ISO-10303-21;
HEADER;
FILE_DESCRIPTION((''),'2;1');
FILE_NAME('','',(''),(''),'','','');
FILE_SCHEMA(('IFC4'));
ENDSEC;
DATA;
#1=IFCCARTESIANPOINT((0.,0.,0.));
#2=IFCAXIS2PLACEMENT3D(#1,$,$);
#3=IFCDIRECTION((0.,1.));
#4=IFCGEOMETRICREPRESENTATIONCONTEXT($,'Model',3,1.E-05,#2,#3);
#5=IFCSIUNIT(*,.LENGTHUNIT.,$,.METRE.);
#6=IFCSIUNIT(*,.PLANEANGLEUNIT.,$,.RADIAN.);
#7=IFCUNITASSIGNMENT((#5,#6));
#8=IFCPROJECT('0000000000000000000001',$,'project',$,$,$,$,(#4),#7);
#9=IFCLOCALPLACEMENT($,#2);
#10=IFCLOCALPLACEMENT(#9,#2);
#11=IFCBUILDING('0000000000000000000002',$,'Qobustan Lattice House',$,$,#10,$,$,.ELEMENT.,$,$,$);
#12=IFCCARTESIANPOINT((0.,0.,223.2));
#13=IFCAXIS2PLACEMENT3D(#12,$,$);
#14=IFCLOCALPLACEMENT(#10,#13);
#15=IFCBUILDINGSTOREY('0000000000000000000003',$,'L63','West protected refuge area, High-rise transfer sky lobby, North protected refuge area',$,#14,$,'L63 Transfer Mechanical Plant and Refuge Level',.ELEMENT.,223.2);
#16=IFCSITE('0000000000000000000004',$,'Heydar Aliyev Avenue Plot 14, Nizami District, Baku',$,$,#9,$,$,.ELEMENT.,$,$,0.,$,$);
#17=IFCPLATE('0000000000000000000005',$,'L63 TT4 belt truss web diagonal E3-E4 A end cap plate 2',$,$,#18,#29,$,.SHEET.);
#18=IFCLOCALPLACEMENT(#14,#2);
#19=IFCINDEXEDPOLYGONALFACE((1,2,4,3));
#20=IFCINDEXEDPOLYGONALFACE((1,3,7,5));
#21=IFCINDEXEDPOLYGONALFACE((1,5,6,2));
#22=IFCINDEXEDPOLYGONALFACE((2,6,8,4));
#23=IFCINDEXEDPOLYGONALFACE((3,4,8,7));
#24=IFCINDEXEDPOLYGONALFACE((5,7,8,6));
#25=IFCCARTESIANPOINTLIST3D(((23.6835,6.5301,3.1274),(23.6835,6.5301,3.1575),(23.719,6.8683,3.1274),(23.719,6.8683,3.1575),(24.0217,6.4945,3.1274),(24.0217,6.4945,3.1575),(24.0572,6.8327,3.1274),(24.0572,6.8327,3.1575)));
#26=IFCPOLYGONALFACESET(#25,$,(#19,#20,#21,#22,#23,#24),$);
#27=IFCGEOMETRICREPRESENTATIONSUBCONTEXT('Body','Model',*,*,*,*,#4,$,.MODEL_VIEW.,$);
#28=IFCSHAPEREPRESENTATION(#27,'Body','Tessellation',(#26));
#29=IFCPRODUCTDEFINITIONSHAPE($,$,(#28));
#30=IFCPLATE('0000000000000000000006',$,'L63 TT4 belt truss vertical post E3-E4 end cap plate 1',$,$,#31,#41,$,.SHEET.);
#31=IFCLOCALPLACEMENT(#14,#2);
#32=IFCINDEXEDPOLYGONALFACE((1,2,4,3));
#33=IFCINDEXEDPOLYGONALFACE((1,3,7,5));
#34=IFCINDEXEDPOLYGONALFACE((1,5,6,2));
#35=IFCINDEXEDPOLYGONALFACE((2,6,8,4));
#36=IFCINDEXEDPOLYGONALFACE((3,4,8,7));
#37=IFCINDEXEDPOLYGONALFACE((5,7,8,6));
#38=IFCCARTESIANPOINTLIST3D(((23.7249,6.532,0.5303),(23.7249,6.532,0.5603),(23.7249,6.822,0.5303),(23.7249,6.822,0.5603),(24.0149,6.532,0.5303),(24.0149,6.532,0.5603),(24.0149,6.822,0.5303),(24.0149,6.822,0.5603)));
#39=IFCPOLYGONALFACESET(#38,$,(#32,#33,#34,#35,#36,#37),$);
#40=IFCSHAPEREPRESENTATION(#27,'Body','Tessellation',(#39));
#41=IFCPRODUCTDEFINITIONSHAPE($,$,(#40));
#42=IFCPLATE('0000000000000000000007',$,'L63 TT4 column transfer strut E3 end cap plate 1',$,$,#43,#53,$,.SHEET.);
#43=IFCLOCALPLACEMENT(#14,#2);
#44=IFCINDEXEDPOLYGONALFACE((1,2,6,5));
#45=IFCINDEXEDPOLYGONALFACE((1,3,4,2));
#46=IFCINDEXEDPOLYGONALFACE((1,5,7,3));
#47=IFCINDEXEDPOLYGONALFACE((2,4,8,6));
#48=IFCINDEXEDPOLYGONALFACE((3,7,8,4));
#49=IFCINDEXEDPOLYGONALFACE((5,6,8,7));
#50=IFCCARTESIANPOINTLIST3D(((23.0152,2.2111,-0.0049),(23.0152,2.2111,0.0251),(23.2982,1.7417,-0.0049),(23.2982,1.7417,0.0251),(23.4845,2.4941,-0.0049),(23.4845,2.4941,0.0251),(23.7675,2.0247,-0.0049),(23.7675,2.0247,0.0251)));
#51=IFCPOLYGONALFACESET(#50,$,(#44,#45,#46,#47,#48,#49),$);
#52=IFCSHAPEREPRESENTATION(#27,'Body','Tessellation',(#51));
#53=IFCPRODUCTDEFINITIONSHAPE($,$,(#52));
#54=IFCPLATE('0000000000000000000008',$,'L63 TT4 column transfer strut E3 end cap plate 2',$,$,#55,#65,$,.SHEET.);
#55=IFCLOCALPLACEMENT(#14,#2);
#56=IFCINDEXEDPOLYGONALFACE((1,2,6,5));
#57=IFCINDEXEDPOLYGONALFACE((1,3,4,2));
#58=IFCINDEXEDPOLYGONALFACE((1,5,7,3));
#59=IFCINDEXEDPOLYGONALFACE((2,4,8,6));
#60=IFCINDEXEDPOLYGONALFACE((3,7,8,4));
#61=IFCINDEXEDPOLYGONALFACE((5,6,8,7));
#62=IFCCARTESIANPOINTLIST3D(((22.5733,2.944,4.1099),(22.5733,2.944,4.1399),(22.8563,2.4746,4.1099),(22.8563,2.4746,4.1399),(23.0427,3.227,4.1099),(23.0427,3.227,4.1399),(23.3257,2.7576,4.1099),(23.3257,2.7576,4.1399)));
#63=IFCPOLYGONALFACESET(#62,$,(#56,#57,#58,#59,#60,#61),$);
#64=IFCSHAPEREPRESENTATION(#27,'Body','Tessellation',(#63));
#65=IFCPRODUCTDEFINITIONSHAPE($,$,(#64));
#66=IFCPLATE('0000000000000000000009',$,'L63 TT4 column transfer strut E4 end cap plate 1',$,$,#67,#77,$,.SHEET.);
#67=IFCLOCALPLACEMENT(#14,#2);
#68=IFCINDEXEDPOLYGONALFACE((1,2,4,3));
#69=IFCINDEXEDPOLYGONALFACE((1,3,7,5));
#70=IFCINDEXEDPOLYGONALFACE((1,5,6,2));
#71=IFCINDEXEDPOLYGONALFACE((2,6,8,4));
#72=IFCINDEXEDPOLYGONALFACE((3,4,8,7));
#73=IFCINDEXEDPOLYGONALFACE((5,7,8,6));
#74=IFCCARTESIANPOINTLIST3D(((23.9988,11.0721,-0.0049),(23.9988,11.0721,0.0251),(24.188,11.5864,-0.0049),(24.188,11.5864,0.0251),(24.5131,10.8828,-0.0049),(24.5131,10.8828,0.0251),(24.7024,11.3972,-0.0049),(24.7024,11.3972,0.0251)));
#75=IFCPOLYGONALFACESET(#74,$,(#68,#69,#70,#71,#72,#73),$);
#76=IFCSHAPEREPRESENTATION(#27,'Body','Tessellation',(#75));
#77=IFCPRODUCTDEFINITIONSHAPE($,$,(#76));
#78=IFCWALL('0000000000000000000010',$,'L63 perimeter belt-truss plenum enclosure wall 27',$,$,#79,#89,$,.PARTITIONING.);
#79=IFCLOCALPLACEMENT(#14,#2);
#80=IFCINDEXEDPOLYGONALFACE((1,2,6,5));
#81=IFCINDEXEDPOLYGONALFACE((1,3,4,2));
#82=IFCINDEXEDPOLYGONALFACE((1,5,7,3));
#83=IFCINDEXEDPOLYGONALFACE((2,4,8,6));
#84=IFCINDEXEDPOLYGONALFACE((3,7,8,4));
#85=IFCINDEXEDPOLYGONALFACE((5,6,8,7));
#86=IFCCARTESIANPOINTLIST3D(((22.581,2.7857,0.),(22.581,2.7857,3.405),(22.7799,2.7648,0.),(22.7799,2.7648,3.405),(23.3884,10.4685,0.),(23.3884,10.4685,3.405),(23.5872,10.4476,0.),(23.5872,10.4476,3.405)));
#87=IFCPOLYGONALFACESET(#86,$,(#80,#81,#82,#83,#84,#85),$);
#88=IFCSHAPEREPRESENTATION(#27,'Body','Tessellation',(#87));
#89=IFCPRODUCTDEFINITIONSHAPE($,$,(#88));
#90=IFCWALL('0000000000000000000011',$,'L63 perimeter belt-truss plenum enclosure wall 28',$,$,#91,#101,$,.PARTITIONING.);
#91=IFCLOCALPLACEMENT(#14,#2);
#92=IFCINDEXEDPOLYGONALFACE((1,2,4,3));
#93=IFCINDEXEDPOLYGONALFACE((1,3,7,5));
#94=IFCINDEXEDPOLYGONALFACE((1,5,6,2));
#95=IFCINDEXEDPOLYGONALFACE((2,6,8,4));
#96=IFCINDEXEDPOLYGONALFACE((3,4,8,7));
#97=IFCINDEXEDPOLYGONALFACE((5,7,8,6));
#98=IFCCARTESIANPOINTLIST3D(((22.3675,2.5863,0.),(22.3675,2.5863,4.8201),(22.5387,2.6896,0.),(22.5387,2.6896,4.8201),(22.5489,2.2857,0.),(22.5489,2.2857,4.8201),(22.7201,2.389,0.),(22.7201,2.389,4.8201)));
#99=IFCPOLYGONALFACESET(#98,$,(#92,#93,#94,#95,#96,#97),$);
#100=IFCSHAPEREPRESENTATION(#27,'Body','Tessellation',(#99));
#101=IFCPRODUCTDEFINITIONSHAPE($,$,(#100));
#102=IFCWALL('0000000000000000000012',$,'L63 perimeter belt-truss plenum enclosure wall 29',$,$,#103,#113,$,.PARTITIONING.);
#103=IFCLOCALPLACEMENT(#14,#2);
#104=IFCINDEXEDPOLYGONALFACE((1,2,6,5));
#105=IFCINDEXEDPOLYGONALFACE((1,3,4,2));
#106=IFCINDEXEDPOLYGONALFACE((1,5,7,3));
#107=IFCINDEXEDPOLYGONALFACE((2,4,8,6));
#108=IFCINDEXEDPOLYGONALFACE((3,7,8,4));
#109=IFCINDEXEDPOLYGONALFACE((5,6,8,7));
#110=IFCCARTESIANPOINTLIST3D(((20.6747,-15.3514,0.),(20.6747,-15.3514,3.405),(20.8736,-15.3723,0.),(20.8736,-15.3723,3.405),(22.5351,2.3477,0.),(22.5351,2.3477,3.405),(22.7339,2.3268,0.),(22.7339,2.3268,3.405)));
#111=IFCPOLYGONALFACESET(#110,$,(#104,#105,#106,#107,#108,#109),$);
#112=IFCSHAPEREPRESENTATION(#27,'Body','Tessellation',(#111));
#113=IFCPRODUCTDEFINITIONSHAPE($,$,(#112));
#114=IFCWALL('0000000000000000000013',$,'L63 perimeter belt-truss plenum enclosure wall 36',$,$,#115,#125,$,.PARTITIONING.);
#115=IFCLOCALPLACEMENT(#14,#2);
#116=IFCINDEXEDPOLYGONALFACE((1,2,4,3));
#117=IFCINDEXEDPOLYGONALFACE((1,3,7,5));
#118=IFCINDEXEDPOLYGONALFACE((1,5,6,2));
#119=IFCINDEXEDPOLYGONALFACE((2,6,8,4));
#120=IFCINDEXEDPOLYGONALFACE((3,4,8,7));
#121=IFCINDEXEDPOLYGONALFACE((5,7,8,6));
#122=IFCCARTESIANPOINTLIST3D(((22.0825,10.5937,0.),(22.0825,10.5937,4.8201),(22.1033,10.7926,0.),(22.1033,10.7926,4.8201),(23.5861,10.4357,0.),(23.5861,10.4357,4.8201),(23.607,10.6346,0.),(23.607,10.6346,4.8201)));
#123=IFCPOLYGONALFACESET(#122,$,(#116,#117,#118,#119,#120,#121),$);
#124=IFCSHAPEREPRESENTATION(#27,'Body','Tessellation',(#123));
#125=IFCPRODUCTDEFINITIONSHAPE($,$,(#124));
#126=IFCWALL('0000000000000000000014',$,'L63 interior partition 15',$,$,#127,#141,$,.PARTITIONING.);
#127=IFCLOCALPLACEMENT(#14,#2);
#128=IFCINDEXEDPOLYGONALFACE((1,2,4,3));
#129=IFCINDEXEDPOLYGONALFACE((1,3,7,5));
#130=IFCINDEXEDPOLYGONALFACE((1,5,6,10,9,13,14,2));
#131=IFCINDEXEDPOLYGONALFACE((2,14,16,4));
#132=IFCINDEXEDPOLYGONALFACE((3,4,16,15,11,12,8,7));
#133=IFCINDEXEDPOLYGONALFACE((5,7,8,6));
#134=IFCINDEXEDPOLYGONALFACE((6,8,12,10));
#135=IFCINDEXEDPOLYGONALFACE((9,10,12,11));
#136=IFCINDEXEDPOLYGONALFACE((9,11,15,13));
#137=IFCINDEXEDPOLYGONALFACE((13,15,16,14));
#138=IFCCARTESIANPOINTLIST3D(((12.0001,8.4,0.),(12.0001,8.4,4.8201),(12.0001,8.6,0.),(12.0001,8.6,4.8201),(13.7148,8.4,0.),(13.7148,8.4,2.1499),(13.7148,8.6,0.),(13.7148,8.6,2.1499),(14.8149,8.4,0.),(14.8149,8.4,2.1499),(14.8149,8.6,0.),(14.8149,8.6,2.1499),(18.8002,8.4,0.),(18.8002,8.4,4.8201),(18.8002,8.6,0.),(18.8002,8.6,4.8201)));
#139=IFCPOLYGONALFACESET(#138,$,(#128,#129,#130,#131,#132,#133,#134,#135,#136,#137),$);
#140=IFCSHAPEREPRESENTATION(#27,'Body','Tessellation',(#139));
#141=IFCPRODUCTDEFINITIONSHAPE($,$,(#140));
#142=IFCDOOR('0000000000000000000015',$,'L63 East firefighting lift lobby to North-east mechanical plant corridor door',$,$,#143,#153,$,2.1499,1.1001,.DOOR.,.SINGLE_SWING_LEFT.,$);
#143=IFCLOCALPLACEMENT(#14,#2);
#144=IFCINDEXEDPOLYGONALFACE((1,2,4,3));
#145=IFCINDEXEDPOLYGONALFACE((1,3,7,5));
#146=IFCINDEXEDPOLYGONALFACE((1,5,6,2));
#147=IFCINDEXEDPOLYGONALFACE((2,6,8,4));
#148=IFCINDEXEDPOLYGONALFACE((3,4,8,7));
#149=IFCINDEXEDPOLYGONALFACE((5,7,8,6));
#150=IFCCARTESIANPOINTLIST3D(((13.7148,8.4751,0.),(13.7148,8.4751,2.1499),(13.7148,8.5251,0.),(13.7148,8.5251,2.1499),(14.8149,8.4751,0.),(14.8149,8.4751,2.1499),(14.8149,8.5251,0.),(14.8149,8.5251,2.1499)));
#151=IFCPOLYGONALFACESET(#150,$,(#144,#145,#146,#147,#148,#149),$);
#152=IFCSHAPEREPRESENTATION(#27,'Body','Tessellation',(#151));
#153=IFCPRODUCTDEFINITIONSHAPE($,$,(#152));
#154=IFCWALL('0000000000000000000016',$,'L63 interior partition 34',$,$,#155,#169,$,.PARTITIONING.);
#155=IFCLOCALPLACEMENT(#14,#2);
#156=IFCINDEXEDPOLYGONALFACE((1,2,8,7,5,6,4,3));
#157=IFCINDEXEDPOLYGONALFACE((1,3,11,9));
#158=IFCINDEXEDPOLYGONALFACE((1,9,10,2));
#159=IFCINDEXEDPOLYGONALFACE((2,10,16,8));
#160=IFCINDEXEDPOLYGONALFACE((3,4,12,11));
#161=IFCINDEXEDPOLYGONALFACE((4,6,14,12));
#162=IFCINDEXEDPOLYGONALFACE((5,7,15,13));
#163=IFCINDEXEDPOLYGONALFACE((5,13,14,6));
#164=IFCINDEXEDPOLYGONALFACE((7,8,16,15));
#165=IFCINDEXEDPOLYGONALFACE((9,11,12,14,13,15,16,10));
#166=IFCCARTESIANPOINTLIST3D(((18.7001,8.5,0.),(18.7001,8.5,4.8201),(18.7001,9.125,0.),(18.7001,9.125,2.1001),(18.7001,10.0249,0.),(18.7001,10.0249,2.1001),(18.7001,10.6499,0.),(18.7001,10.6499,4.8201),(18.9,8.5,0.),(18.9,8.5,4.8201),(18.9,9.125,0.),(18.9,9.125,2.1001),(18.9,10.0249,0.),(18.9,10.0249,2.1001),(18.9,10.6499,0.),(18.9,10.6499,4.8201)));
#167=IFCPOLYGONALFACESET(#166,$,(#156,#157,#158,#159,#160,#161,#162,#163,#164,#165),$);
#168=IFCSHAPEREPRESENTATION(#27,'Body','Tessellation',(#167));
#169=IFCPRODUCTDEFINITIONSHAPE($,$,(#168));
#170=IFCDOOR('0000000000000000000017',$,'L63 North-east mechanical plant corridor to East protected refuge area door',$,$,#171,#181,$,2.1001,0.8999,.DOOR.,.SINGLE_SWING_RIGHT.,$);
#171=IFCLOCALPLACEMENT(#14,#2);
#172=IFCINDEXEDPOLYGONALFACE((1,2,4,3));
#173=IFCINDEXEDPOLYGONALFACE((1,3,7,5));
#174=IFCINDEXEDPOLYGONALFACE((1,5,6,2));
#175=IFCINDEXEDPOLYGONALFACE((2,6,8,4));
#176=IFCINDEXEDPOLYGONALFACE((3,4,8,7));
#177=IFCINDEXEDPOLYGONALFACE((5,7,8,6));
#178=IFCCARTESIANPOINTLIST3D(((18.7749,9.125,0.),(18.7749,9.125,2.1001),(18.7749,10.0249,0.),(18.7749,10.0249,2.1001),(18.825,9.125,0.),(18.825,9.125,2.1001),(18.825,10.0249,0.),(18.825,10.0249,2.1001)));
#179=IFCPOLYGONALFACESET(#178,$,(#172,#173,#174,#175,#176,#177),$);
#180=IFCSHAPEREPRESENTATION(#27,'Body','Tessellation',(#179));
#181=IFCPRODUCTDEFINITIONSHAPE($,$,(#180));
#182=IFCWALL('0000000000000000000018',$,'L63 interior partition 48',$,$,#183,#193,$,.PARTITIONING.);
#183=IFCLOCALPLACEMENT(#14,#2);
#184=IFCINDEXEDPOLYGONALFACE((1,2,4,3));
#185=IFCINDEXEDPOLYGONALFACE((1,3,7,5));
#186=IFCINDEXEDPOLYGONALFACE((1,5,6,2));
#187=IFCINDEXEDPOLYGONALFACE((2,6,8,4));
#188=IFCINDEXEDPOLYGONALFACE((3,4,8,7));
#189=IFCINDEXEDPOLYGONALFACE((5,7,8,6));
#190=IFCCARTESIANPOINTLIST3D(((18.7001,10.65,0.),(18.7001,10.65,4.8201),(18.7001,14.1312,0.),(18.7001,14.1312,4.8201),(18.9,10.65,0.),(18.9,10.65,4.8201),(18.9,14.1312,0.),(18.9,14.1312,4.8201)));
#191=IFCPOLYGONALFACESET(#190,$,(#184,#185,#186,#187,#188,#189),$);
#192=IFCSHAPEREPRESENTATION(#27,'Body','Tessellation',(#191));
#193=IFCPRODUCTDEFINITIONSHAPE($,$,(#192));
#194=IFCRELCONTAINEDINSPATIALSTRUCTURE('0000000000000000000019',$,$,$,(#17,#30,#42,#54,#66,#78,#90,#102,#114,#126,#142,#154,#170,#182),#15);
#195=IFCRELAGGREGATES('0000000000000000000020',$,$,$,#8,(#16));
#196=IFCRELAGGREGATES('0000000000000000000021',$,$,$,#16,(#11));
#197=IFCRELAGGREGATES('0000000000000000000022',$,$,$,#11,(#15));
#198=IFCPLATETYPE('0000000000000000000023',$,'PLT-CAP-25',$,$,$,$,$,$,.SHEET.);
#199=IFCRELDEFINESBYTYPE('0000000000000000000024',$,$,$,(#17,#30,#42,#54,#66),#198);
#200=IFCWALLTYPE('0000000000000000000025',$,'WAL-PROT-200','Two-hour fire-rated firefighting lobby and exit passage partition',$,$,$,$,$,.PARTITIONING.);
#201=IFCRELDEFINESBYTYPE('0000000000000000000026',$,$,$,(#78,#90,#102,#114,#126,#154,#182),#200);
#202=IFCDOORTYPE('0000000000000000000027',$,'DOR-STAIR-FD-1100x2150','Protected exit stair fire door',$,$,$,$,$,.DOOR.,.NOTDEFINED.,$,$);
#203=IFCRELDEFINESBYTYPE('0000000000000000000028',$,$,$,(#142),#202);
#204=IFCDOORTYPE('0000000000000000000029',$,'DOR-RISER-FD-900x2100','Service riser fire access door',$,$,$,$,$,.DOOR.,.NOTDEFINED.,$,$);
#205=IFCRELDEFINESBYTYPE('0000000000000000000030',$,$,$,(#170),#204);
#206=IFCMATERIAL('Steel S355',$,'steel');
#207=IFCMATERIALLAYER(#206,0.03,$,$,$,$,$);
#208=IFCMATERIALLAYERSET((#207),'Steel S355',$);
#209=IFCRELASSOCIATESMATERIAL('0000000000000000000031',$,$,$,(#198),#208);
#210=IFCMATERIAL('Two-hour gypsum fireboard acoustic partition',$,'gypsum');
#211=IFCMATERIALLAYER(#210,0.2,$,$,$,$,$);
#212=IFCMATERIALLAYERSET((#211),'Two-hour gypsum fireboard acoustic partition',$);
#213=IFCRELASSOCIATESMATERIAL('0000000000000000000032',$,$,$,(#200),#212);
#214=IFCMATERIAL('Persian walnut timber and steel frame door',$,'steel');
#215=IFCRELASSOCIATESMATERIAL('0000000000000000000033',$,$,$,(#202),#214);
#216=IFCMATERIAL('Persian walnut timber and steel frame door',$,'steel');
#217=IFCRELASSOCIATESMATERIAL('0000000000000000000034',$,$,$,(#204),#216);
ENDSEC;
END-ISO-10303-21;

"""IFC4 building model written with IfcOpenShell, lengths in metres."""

from ifc_helpers import new_model, si_unit, direction, frame, frame_2d, origin, origin_2d, place, context, subcontext, project, spatial, rectangle, extrude, material, layer, layer_set, type_object, element, fill, save


model = new_model("IFC4")

# Units and contexts
model_context = context("Model", 3, precision=1e-05, world=origin(), true_north=direction((0.0, 1.0)))
body_context = subcontext(model_context, "Body", "Model", "MODEL_VIEW")
ifc_project = project(units=[si_unit("LENGTHUNIT", "METRE"), si_unit("PLANEANGLEUNIT", "RADIAN")], contexts=[model_context])

# Site, building, storey
site_placement = place(None, origin())
site = spatial("IfcSite", under=ifc_project, at=site_placement, Name="Heydar Aliyev Avenue Plot 14, Nizami District, Baku", CompositionType="ELEMENT", RefElevation=0.0)
building_placement = place(site_placement, origin())
building = spatial("IfcBuilding", under=site, at=building_placement, Name="Qobustan Lattice House", CompositionType="ELEMENT")
storey_placement = place(building_placement, frame((0.0, 0.0, 223.2)))
storey = spatial("IfcBuildingStorey", under=building, at=storey_placement, Name="L63", Description="West protected refuge area, High-rise transfer sky lobby, North protected refuge area", LongName="L63 Transfer Mechanical Plant and Refuge Level", CompositionType="ELEMENT", Elevation=223.2)

# Plates
ifc_material_1 = material(Name="Steel S355", Category="steel")
ifc_layer_1 = layer(ifc_material_1, 0.03)
ifc_layer_set_1 = layer_set([ifc_layer_1], Name="Steel S355")
plate_type = type_object("IfcPlateType", Name="PLT-CAP-25", PredefinedType="SHEET", material=ifc_layer_set_1)
plate_1_placement = place(storey_placement, frame((23.8704, 6.6814, 3.1274), z_axis=(0.0, 0.0, 1.0), x_axis=(0.104494, 0.994526, 0.0)))
element("IfcPlate", 1, at=plate_1_placement, inside=storey, type_object=plate_type, Name="L63 TT4 belt truss web diagonal E3-E4 A end cap plate 2", PredefinedType="SHEET", context=body_context, shape_type="SweptSolid", body=[
    extrude(rectangle(XDim=0.3401, YDim=0.3401, at=origin_2d()), origin(), (0.0, 0.0, 1.0), 0.03),
])
plate_2_placement = place(storey_placement, frame((23.8699, 6.677, 0.5303), z_axis=(0.0, 0.0, 1.0), x_axis=(1.0, 0.0, 0.0)))
element("IfcPlate", 2, at=plate_2_placement, inside=storey, type_object=plate_type, Name="L63 TT4 belt truss vertical post E3-E4 end cap plate 1", PredefinedType="SHEET", context=body_context, shape_type="SweptSolid", body=[
    extrude(rectangle(XDim=0.29, YDim=0.29, at=origin_2d()), origin(), (0.0, 0.0, 1.0), 0.03),
])
for number, where, z_axis, x_axis, name in (
    (3, (23.3914, 2.1179, -0.0049), (0.0, 0.0, 1.0), (-0.516339, 0.856384, 0.0), "L63 TT4 column transfer strut E3 end cap plate 1"),
    (4, (22.9495, 2.8508, 4.1099), (0.0, 0.0, 1.0), (-0.516339, 0.856384, 0.0), "L63 TT4 column transfer strut E3 end cap plate 2"),
    (5, (24.3506, 11.2346, -0.0049), (0.0, 0.0, 1.0), (-0.938493, 0.345298, 0.0), "L63 TT4 column transfer strut E4 end cap plate 1"),
):
    element("IfcPlate", number, at=place(storey_placement, frame(where, z_axis=z_axis, x_axis=x_axis)), inside=storey, type_object=plate_type, Name=name, PredefinedType="SHEET", context=body_context, shape_type="SweptSolid", body=[
        extrude(rectangle(XDim=0.5481, YDim=0.5481, at=origin_2d()), origin(), (0.0, 0.0, 1.0), 0.03),
    ])

# Walls
ifc_material_2 = material(Name="Two-hour gypsum fireboard acoustic partition", Category="gypsum")
ifc_layer_2 = layer(ifc_material_2, 0.2)
ifc_layer_set_2 = layer_set([ifc_layer_2], Name="Two-hour gypsum fireboard acoustic partition")
wall_type = type_object("IfcWallType", Name="WAL-PROT-200", Description="Two-hour fire-rated firefighting lobby and exit passage partition", PredefinedType="PARTITIONING", material=ifc_layer_set_2)
wall_1_placement = place(storey_placement, frame((23.4878, 10.458, 0.0), z_axis=(0.0, 0.0, 1.0), x_axis=(-0.104512, -0.994524, 0.0)))
element("IfcWall", 6, at=wall_1_placement, inside=storey, type_object=wall_type, Name="L63 perimeter belt-truss plenum enclosure wall 27", PredefinedType="PARTITIONING", context=body_context, shape_type="SweptSolid", body=[
    extrude(rectangle(XDim=7.7251, YDim=0.2, at=frame_2d((3.8625, 0.0))), origin(), (0.0, 0.0, 1.0), 3.405),
])
wall_2_placement = place(storey_placement, frame((22.4531, 2.6379, 0.0), z_axis=(0.0, 0.0, 1.0), x_axis=(0.516744, -0.85614, 0.0)))
element("IfcWall", 7, at=wall_2_placement, inside=storey, type_object=wall_type, Name="L63 perimeter belt-truss plenum enclosure wall 28", PredefinedType="PARTITIONING", context=body_context, shape_type="SweptSolid", body=[
    extrude(rectangle(XDim=0.3511, YDim=0.2, at=frame_2d((0.1755, 0.0))), origin(), (0.0, 0.0, 1.0), 4.8201),
])
wall_3_placement = place(storey_placement, frame((22.6345, 2.3374, 0.0), z_axis=(0.0, 0.0, 1.0), x_axis=(-0.104533, -0.994521, 0.0)))
element("IfcWall", 8, at=wall_3_placement, inside=storey, type_object=wall_type, Name="L63 perimeter belt-truss plenum enclosure wall 29", PredefinedType="PARTITIONING", context=body_context, shape_type="SweptSolid", body=[
    extrude(rectangle(XDim=17.7966, YDim=0.2, at=frame_2d((8.8984, 0.0))), origin(), (0.0, 0.0, 1.0), 3.405),
])
wall_4_placement = place(storey_placement, frame((22.093, 10.6931, 0.0), z_axis=(0.0, 0.0, 1.0), x_axis=(0.994528, -0.104475, 0.0)))
element("IfcWall", 9, at=wall_4_placement, inside=storey, type_object=wall_type, Name="L63 perimeter belt-truss plenum enclosure wall 36", PredefinedType="PARTITIONING", context=body_context, shape_type="SweptSolid", body=[
    extrude(rectangle(XDim=1.512, YDim=0.2, at=frame_2d((0.7559, 0.0))), origin(), (0.0, 0.0, 1.0), 4.8201),
])

# Walls, openings, doors
wall_5_placement = place(storey_placement, frame((18.8, 8.5, 0.0), z_axis=(0.0, 0.0, 1.0), x_axis=(-1.0, 0.0, 0.0)))
wall_5 = element("IfcWall", 10, at=wall_5_placement, inside=storey, type_object=wall_type, Name="L63 interior partition 15", PredefinedType="PARTITIONING", context=body_context, shape_type="SweptSolid", body=[
    extrude(rectangle(XDim=6.8, YDim=0.2, at=frame_2d((3.3999, 0.0))), origin(), (0.0, 0.0, 1.0), 4.8201),
])
opening_1_placement = place(wall_5_placement, frame((3.9851, 0.0, 0.0)))
opening_1 = element("IfcOpeningElement", 11, at=opening_1_placement, cuts=wall_5, PredefinedType="OPENING", context=body_context, shape_type="SweptSolid", body=[
    extrude(rectangle(XDim=1.1001, YDim=2.1499, at=frame_2d((0.55, 1.075))), frame((0.0, 0.1099, 0.0), z_axis=(0.0, -1.0, 0.0), x_axis=(1.0, 0.0, 0.0)), (0.0, 0.0, 1.0), 0.22),
])
ifc_material_3 = material(Name="Persian walnut timber and steel frame door", Category="steel")
door_type_1 = type_object("IfcDoorType", Name="DOR-STAIR-FD-1100x2150", Description="Protected exit stair fire door", OperationType="NOTDEFINED", PredefinedType="DOOR", material=ifc_material_3)
door_1_placement = place(opening_1_placement, origin())
door_1 = element("IfcDoor", 12, at=door_1_placement, inside=storey, type_object=door_type_1, Name="L63 East firefighting lift lobby to North-east mechanical plant corridor door", OperationType="SINGLE_SWING_LEFT", OverallHeight=2.1499, OverallWidth=1.1001, PredefinedType="DOOR", context=body_context, shape_type="SweptSolid", body=[
    extrude(rectangle(XDim=1.1001, YDim=2.1499, at=frame_2d((0.55, 1.075))), frame((0.0, 0.0249, 0.0), z_axis=(0.0, -1.0, 0.0), x_axis=(1.0, 0.0, 0.0)), (0.0, 0.0, 1.0), 0.05),
])
fill(opening_1, door_1)
wall_6_placement = place(storey_placement, frame((18.8, 10.6499, 0.0), z_axis=(0.0, 0.0, 1.0), x_axis=(0.0, -1.0, 0.0)))
wall_6 = element("IfcWall", 13, at=wall_6_placement, inside=storey, type_object=wall_type, Name="L63 interior partition 34", PredefinedType="PARTITIONING", context=body_context, shape_type="SweptSolid", body=[
    extrude(rectangle(XDim=2.1499, YDim=0.2, at=frame_2d((1.075, 0.0))), origin(), (0.0, 0.0, 1.0), 4.8201),
])
opening_2_placement = place(wall_6_placement, frame((0.625, 0.0, 0.0)))
opening_2 = element("IfcOpeningElement", 14, at=opening_2_placement, cuts=wall_6, PredefinedType="OPENING", context=body_context, shape_type="SweptSolid", body=[
    extrude(rectangle(XDim=0.8999, YDim=2.1001, at=frame_2d((0.45, 1.05))), frame((0.0, 0.1099, 0.0), z_axis=(0.0, -1.0, 0.0), x_axis=(1.0, 0.0, 0.0)), (0.0, 0.0, 1.0), 0.22),
])
ifc_material_4 = material(Name="Persian walnut timber and steel frame door", Category="steel")
door_type_2 = type_object("IfcDoorType", Name="DOR-RISER-FD-900x2100", Description="Service riser fire access door", OperationType="NOTDEFINED", PredefinedType="DOOR", material=ifc_material_4)
door_2_placement = place(opening_2_placement, origin())
door_2 = element("IfcDoor", 15, at=door_2_placement, inside=storey, type_object=door_type_2, Name="L63 North-east mechanical plant corridor to East protected refuge area door", OperationType="SINGLE_SWING_RIGHT", OverallHeight=2.1001, OverallWidth=0.8999, PredefinedType="DOOR", context=body_context, shape_type="SweptSolid", body=[
    extrude(rectangle(XDim=0.8999, YDim=2.1001, at=frame_2d((0.45, 1.05))), frame((0.0, 0.0249, 0.0), z_axis=(0.0, -1.0, 0.0), x_axis=(1.0, 0.0, 0.0)), (0.0, 0.0, 1.0), 0.05),
])
fill(opening_2, door_2)

# Wall
wall_7_placement = place(storey_placement, frame((18.8, 10.6499, 0.0), z_axis=(0.0, 0.0, 1.0), x_axis=(0.0, 1.0, 0.0)))
element("IfcWall", 16, at=wall_7_placement, inside=storey, type_object=wall_type, Name="L63 interior partition 48", PredefinedType="PARTITIONING", context=body_context, shape_type="SweptSolid", body=[
    extrude(rectangle(XDim=3.4812, YDim=0.2, at=frame_2d((1.7407, 0.0))), origin(), (0.0, 0.0, 1.0), 4.8201),
])

save(model, "model.ifc")
